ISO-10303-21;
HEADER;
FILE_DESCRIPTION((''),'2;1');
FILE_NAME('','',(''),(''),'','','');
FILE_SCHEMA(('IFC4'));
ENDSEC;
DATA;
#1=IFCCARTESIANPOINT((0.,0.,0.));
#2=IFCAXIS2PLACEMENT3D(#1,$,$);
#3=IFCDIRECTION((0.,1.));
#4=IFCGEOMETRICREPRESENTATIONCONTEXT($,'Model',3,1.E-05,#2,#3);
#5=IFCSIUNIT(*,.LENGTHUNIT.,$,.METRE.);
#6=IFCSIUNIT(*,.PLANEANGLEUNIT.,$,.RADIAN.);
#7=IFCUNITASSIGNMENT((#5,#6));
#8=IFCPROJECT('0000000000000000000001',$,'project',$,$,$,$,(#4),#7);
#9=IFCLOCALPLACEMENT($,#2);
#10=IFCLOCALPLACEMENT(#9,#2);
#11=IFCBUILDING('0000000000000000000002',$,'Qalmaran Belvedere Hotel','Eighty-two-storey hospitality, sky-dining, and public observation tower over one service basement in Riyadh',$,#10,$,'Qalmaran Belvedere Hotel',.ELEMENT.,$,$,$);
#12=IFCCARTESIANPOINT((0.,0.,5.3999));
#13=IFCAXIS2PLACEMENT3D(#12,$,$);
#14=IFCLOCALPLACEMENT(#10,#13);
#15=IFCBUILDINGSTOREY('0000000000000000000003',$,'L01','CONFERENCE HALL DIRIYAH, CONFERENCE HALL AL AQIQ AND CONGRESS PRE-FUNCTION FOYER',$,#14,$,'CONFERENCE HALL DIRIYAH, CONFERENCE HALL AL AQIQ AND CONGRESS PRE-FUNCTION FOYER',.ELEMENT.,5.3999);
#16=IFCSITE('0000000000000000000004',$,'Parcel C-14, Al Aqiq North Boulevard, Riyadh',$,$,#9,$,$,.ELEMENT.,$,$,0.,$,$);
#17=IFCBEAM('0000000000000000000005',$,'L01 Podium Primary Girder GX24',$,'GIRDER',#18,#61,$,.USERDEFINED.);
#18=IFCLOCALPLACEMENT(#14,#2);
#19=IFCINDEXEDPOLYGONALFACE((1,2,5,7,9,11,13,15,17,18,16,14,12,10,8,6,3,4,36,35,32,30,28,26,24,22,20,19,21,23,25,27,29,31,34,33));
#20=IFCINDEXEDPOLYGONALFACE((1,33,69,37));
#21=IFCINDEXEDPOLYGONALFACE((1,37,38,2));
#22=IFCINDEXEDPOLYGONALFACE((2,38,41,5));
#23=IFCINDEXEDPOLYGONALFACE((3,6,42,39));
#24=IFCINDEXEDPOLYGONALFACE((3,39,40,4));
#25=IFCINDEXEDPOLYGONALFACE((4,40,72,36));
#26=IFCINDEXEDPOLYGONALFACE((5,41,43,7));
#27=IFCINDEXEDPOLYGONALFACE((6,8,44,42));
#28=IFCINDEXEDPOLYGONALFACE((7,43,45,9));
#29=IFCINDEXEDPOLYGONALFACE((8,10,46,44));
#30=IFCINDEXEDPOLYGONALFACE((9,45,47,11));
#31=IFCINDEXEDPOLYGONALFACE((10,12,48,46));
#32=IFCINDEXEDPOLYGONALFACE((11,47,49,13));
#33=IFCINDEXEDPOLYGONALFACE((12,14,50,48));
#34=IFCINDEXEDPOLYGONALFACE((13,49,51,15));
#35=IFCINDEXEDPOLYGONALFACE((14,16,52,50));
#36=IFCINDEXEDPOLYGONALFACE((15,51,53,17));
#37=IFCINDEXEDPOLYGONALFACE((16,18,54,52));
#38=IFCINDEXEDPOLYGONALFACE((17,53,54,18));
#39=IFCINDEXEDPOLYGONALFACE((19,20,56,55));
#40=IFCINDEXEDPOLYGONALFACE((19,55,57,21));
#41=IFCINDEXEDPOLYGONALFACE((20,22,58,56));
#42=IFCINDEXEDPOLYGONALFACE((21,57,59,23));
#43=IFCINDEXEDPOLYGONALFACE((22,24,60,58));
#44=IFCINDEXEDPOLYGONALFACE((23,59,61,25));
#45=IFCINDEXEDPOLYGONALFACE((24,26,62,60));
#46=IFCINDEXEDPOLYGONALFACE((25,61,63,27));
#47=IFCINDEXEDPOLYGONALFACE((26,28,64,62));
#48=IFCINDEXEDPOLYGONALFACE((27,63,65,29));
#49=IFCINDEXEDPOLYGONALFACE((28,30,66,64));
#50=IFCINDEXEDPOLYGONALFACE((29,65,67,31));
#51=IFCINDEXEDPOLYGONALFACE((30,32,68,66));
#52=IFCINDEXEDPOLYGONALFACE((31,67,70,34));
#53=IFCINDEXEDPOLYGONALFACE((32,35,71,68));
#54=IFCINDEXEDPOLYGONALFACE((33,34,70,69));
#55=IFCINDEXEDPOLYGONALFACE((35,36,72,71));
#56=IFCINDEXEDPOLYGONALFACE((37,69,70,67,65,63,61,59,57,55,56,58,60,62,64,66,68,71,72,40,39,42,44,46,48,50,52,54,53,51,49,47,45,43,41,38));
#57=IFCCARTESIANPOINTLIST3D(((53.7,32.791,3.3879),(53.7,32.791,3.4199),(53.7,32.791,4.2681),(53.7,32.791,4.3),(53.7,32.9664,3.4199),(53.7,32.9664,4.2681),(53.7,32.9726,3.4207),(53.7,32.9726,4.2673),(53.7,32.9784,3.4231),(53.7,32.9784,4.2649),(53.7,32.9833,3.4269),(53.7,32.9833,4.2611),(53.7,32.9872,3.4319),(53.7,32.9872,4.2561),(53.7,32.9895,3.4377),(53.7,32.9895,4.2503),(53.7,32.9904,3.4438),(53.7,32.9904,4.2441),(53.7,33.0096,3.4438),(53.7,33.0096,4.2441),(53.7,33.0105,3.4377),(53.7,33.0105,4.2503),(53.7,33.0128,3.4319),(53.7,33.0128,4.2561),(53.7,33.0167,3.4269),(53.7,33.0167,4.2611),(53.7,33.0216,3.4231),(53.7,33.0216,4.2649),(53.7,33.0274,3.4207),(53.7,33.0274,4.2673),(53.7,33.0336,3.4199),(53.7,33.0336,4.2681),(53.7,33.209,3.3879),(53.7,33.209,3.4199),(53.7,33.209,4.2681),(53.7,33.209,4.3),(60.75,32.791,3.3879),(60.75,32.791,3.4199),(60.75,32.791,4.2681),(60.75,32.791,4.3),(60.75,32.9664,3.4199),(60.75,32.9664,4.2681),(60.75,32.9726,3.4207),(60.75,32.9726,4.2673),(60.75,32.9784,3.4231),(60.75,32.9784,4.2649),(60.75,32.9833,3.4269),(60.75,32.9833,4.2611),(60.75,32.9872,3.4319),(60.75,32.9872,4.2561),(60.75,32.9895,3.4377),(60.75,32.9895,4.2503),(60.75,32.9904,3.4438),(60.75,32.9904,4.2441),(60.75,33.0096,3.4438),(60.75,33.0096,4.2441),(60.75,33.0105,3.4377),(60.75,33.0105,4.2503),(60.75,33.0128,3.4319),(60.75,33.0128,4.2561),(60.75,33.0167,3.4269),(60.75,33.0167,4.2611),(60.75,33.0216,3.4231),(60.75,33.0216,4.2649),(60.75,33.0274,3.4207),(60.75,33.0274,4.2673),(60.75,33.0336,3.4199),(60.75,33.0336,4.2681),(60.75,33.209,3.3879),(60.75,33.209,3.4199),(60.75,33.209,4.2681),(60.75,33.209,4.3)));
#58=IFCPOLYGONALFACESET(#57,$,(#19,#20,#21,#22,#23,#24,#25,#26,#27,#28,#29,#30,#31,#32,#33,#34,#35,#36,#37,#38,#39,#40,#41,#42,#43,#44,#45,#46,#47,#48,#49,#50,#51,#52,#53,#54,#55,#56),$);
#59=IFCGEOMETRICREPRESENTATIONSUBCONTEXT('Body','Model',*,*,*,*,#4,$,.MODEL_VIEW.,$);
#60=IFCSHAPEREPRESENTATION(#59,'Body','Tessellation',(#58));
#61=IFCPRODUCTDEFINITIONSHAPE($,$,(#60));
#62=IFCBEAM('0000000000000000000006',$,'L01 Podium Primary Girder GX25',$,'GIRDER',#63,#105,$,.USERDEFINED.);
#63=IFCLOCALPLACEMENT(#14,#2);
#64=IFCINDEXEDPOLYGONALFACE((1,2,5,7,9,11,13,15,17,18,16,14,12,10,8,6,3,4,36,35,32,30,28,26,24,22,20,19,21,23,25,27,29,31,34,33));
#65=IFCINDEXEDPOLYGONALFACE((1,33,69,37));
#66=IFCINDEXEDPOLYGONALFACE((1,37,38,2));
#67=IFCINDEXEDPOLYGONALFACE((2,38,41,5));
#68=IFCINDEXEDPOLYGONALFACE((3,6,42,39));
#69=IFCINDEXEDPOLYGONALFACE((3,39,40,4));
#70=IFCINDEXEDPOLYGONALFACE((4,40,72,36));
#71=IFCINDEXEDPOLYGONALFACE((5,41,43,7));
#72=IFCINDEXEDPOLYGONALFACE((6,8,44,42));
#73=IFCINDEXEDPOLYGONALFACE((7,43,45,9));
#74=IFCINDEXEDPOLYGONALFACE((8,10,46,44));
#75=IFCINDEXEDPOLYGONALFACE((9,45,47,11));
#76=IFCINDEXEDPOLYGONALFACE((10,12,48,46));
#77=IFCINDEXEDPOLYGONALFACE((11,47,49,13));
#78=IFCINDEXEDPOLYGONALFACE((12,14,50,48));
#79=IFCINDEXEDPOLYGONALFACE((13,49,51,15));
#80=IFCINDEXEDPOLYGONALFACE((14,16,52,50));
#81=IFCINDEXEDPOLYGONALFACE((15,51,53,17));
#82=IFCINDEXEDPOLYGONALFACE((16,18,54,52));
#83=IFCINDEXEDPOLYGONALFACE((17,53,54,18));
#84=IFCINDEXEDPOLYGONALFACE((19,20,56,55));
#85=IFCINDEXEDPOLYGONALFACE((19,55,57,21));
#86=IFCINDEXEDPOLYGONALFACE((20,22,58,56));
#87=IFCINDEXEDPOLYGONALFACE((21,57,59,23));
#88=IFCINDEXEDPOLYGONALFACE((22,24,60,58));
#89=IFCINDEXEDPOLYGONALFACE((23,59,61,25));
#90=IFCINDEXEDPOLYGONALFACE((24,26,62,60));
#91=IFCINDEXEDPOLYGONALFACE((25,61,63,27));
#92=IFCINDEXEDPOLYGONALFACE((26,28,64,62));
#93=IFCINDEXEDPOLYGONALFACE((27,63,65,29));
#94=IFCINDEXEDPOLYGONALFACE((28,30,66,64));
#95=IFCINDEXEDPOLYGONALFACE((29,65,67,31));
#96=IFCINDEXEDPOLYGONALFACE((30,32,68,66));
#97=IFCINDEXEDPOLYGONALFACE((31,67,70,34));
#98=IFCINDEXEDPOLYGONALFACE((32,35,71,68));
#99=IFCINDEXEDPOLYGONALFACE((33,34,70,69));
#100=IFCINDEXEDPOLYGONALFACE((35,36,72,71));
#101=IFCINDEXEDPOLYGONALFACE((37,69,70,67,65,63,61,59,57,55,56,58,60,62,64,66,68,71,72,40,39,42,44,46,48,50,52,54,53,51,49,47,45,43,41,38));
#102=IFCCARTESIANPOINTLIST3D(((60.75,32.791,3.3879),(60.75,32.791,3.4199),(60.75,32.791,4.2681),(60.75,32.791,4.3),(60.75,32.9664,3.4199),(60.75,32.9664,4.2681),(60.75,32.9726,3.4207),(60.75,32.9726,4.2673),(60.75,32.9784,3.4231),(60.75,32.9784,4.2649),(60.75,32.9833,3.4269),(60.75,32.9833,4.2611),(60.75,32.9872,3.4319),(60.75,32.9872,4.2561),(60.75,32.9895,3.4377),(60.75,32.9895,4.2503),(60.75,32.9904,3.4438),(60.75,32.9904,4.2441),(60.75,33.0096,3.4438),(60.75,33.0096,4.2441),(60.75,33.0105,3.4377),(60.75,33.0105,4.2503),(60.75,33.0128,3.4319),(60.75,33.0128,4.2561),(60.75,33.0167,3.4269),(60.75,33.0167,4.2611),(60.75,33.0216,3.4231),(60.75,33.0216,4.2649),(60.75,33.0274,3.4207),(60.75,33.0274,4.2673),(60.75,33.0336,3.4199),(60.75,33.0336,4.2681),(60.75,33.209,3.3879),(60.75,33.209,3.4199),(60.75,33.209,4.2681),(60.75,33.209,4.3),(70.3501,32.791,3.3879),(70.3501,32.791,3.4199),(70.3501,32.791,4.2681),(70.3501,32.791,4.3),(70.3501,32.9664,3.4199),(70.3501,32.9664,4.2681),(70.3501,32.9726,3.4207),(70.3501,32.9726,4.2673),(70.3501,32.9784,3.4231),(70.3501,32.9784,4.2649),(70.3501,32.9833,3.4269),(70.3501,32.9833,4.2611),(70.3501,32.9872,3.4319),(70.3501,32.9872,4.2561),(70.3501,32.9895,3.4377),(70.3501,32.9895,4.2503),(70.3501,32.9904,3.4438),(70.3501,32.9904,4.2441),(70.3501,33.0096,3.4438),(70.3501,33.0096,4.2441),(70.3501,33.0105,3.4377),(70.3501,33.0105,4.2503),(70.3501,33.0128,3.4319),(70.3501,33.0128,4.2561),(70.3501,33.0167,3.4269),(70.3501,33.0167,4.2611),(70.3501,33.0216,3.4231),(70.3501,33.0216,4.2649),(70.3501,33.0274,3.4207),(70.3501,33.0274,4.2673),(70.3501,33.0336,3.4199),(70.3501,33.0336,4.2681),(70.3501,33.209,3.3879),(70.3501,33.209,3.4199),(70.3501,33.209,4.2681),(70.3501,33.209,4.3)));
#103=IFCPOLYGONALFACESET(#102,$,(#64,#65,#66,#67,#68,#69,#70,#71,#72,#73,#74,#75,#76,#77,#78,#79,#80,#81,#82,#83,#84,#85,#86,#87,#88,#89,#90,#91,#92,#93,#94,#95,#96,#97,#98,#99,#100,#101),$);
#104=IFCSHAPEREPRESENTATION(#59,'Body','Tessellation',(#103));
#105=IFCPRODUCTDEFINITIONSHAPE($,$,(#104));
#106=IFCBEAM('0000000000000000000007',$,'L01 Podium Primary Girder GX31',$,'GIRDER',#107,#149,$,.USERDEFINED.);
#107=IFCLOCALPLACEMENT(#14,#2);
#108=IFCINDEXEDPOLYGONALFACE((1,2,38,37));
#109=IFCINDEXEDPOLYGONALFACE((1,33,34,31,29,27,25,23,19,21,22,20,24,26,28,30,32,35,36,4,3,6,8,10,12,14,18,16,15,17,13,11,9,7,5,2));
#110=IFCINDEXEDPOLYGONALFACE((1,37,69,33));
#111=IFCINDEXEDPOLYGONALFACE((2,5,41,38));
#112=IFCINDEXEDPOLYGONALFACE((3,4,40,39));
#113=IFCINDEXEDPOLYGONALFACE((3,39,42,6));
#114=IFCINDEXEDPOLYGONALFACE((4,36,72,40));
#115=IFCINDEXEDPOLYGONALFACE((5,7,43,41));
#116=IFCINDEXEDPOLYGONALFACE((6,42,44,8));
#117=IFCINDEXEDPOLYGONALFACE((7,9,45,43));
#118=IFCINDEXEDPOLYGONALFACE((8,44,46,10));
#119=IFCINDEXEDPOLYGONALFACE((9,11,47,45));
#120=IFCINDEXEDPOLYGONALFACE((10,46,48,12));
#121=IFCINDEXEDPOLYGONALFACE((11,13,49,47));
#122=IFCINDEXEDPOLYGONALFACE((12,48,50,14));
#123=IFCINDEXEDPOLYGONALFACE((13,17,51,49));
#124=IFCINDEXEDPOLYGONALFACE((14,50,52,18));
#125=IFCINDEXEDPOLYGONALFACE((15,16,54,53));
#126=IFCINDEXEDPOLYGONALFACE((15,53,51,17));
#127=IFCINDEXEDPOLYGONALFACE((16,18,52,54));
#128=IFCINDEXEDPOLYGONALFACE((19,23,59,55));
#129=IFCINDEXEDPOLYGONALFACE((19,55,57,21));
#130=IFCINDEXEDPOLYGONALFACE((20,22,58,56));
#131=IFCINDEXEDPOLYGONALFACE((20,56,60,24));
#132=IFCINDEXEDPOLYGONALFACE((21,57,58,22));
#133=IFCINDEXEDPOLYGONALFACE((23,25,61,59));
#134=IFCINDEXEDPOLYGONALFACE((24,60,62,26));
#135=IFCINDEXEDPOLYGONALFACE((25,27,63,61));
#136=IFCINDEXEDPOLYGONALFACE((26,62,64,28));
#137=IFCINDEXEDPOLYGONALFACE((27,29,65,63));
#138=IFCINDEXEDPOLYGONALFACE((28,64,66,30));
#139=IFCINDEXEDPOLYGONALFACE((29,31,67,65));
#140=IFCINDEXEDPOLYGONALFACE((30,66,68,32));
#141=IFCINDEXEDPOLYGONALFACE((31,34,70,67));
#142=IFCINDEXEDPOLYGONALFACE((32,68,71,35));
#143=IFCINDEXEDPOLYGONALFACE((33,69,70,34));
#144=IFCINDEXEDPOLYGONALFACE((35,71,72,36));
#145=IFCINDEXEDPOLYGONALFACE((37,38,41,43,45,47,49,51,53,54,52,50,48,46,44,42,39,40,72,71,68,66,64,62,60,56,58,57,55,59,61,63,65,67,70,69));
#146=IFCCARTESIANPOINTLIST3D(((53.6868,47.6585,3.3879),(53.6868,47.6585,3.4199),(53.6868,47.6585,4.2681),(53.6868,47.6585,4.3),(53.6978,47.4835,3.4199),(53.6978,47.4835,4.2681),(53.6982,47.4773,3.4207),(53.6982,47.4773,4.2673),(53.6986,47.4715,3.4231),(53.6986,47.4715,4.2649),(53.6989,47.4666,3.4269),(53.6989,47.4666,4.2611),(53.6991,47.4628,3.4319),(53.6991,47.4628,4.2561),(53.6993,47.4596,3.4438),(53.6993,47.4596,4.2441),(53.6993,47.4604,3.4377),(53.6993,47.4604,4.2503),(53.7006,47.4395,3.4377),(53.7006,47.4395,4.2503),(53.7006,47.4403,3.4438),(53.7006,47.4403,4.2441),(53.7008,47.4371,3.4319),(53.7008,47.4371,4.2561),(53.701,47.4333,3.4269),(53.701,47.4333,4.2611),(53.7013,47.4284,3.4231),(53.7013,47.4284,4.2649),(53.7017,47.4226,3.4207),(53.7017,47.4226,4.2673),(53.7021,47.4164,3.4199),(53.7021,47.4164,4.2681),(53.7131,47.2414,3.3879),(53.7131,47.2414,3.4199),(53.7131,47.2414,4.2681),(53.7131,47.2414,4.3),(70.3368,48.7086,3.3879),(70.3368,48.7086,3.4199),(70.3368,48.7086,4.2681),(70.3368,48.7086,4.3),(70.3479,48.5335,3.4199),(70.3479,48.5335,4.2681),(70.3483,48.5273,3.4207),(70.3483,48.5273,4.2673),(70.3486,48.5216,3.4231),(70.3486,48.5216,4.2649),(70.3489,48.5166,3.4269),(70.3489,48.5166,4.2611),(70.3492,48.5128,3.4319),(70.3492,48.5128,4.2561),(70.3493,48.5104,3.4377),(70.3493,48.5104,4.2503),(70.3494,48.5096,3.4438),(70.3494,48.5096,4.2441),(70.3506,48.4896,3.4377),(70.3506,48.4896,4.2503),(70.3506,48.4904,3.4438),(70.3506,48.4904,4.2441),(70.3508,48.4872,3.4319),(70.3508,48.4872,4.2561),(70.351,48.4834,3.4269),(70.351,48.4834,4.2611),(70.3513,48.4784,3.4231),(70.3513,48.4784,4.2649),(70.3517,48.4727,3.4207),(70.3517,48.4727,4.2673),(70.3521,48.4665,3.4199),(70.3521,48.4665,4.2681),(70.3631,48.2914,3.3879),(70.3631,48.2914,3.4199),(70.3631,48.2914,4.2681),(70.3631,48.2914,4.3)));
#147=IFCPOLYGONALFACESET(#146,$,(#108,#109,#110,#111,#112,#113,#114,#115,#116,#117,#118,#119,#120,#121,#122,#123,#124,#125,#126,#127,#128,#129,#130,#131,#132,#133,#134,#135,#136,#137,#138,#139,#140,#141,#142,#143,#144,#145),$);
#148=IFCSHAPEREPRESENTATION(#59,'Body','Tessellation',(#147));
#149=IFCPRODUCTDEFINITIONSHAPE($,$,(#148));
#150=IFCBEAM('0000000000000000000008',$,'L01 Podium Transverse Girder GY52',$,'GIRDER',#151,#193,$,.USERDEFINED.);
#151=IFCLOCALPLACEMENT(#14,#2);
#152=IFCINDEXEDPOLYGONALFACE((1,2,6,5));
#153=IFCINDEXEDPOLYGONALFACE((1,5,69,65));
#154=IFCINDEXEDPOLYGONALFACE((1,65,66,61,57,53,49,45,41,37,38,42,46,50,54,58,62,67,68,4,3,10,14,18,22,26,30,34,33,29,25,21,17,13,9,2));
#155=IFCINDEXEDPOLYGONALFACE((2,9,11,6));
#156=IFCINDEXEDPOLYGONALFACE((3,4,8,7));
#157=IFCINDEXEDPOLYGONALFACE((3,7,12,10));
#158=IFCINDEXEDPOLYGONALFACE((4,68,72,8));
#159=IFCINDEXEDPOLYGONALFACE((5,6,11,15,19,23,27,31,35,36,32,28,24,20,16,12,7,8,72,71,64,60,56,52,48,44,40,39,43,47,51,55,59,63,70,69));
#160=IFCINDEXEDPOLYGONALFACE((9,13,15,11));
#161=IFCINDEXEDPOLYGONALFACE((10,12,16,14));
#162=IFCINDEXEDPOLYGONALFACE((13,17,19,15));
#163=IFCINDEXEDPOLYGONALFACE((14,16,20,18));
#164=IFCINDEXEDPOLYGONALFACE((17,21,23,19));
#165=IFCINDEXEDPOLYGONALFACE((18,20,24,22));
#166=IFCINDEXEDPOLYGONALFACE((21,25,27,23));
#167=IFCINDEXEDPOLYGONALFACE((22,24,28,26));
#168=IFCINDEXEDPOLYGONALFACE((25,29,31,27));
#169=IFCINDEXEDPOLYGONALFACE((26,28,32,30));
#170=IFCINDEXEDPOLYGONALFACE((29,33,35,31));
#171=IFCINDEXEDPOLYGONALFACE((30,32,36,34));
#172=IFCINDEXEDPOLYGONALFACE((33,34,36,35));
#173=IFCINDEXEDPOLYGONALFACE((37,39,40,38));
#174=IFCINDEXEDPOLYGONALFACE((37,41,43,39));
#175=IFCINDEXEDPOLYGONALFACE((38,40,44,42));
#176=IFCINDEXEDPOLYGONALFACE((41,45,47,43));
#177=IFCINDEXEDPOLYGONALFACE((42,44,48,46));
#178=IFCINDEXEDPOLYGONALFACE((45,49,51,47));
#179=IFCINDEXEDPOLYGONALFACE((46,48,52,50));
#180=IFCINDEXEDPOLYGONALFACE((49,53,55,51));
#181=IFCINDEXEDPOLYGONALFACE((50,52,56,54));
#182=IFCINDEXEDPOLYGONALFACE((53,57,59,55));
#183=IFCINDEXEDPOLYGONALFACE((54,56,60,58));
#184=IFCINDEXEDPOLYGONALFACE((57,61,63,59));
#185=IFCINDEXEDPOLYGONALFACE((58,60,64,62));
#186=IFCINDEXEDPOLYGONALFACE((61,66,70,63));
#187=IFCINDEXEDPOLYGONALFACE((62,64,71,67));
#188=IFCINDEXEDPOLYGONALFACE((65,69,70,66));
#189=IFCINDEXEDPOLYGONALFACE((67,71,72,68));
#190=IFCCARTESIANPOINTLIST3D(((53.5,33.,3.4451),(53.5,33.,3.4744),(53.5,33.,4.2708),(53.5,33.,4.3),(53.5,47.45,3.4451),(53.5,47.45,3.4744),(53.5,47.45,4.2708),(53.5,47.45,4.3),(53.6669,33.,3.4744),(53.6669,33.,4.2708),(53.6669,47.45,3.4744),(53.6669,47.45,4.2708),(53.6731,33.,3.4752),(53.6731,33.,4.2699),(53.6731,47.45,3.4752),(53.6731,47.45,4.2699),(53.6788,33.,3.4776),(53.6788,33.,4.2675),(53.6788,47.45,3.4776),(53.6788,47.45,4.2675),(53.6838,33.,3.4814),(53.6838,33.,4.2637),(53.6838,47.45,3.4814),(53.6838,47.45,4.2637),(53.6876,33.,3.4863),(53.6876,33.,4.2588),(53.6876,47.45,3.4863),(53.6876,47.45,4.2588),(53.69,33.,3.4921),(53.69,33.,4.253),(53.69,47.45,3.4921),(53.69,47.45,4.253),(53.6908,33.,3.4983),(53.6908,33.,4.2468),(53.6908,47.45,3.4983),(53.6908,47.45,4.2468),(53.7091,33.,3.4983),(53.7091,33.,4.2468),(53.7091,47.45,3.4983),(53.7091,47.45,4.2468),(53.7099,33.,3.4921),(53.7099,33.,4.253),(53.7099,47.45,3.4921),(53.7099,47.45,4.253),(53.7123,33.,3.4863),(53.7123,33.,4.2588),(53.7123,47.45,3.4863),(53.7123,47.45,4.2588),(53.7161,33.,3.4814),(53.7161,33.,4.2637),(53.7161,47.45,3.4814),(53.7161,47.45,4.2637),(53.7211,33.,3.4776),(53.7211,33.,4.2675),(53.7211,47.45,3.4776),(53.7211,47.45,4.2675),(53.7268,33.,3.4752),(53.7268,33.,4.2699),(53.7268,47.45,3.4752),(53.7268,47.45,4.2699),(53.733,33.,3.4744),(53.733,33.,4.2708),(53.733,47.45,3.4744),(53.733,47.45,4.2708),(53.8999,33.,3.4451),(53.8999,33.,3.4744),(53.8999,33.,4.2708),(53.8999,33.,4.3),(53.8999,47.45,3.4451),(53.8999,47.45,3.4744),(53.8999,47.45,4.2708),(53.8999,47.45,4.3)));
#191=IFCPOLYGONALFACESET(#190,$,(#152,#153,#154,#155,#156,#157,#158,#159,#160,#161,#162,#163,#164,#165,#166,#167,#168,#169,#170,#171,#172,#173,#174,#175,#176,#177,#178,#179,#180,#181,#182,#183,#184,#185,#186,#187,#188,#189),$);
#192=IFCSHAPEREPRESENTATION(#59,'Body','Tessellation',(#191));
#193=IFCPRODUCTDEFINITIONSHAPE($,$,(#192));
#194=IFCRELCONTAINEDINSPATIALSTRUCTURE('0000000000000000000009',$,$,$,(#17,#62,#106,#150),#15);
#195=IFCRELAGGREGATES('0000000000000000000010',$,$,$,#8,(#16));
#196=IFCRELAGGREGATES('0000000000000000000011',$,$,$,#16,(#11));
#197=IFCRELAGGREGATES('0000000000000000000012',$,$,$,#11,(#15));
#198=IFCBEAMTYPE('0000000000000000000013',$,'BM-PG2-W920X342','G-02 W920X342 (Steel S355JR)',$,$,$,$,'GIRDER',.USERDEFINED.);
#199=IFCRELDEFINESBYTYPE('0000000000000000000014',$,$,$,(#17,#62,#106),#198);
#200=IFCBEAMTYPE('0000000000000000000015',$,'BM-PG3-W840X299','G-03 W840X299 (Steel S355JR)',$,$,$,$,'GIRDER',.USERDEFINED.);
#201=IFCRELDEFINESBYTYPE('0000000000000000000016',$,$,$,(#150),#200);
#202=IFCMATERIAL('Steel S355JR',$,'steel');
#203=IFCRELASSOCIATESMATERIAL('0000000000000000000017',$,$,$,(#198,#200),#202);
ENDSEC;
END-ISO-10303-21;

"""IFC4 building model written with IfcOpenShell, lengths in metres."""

from ifc_helpers import new_model, si_unit, direction, frame, origin, origin_2d, place, context, subcontext, project, spatial, i_section, extrude, material, material_profile, profile_set, type_object, element, save


model = new_model("IFC4")

# Units and contexts
model_context = context("Model", 3, precision=1e-05, world=origin(), true_north=direction((0.0, 1.0)))
body_context = subcontext(model_context, "Body", "Model", "MODEL_VIEW")
ifc_project = project(units=[si_unit("LENGTHUNIT", "METRE"), si_unit("PLANEANGLEUNIT", "RADIAN")], contexts=[model_context])

# Site, building, storey
site_placement = place(None, origin())
site = spatial("IfcSite", under=ifc_project, at=site_placement, Name="Parcel C-14, Al Aqiq North Boulevard, Riyadh", CompositionType="ELEMENT", RefElevation=0.0)
building_placement = place(site_placement, origin())
building = spatial("IfcBuilding", under=site, at=building_placement, Name="Qalmaran Belvedere Hotel", Description="Eighty-two-storey hospitality, sky-dining, and public observation tower over one service basement in Riyadh", LongName="Qalmaran Belvedere Hotel", CompositionType="ELEMENT")
storey_placement = place(building_placement, frame((0.0, 0.0, 5.3999)))
storey = spatial("IfcBuildingStorey", under=building, at=storey_placement, Name="L01", Description="CONFERENCE HALL DIRIYAH, CONFERENCE HALL AL AQIQ AND CONGRESS PRE-FUNCTION FOYER", LongName="CONFERENCE HALL DIRIYAH, CONFERENCE HALL AL AQIQ AND CONGRESS PRE-FUNCTION FOYER", CompositionType="ELEMENT", Elevation=5.3999)

# Beams
ifc_material_1 = material(Name="Steel S355JR", Category="steel")
ifc_material_profile_1 = material_profile(ifc_material_1, i_section(OverallWidth=0.418, OverallDepth=0.9121, WebThickness=0.0193, FlangeThickness=0.032, FilletRadius=0.0239, at=origin_2d()), Name="W920X342")
ifc_profile_set_1 = profile_set([ifc_material_profile_1], Name="Steel S355JR")
beam_type_1 = type_object("IfcBeamType", Name="BM-PG2-W920X342", Description="G-02 W920X342 (Steel S355JR)", ElementType="GIRDER", PredefinedType="USERDEFINED", material=ifc_profile_set_1)
beam_1_placement = place(storey_placement, frame((53.7, 33.0, 3.844), z_axis=(1.0, 0.0, 0.0), x_axis=(0.0, 1.0, 0.0)))
element("IfcBeam", 1, at=beam_1_placement, inside=storey, type_object=beam_type_1, Name="L01 Podium Primary Girder GX24", ObjectType="GIRDER", PredefinedType="USERDEFINED", context=body_context, shape_type="SweptSolid", body=[
    extrude(i_section(OverallWidth=0.418, OverallDepth=0.9121, WebThickness=0.0193, FlangeThickness=0.032, FilletRadius=0.0239, at=origin_2d()), origin(), (0.0, 0.0, 1.0), 7.05),
])
beam_2_placement = place(storey_placement, frame((60.75, 33.0, 3.844), z_axis=(1.0, 0.0, 0.0), x_axis=(0.0, 1.0, 0.0)))
element("IfcBeam", 2, at=beam_2_placement, inside=storey, type_object=beam_type_1, Name="L01 Podium Primary Girder GX25", ObjectType="GIRDER", PredefinedType="USERDEFINED", context=body_context, shape_type="SweptSolid", body=[
    extrude(i_section(OverallWidth=0.418, OverallDepth=0.9121, WebThickness=0.0193, FlangeThickness=0.032, FilletRadius=0.0239, at=origin_2d()), origin(), (0.0, 0.0, 1.0), 9.6001),
])
beam_3_placement = place(storey_placement, frame((53.7, 47.45, 3.844), z_axis=(0.998017, 0.06294, 0.0), x_axis=(-0.06294, 0.998017, 0.0)))
element("IfcBeam", 3, at=beam_3_placement, inside=storey, type_object=beam_type_1, Name="L01 Podium Primary Girder GX31", ObjectType="GIRDER", PredefinedType="USERDEFINED", context=body_context, shape_type="SweptSolid", body=[
    extrude(i_section(OverallWidth=0.418, OverallDepth=0.9121, WebThickness=0.0193, FlangeThickness=0.032, FilletRadius=0.0239, at=origin_2d()), origin(), (0.0, 0.0, 1.0), 16.6831),
])
ifc_material_profile_2 = material_profile(ifc_material_1, i_section(OverallWidth=0.3999, OverallDepth=0.855, WebThickness=0.0183, FlangeThickness=0.0293, FilletRadius=0.0239, at=origin_2d()), Name="W840X299")
ifc_profile_set_2 = profile_set([ifc_material_profile_2], Name="Steel S355JR")
beam_type_2 = type_object("IfcBeamType", Name="BM-PG3-W840X299", Description="G-03 W840X299 (Steel S355JR)", ElementType="GIRDER", PredefinedType="USERDEFINED", material=ifc_profile_set_2)
beam_4_placement = place(storey_placement, frame((53.7, 33.0, 3.8726), z_axis=(0.0, 1.0, 0.0), x_axis=(-1.0, 0.0, 0.0)))
element("IfcBeam", 4, at=beam_4_placement, inside=storey, type_object=beam_type_2, Name="L01 Podium Transverse Girder GY52", ObjectType="GIRDER", PredefinedType="USERDEFINED", context=body_context, shape_type="SweptSolid", body=[
    extrude(i_section(OverallWidth=0.3999, OverallDepth=0.855, WebThickness=0.0183, FlangeThickness=0.0293, FilletRadius=0.0239, at=origin_2d()), origin(), (0.0, 0.0, 1.0), 14.45),
])

save(model, "model.ifc")
